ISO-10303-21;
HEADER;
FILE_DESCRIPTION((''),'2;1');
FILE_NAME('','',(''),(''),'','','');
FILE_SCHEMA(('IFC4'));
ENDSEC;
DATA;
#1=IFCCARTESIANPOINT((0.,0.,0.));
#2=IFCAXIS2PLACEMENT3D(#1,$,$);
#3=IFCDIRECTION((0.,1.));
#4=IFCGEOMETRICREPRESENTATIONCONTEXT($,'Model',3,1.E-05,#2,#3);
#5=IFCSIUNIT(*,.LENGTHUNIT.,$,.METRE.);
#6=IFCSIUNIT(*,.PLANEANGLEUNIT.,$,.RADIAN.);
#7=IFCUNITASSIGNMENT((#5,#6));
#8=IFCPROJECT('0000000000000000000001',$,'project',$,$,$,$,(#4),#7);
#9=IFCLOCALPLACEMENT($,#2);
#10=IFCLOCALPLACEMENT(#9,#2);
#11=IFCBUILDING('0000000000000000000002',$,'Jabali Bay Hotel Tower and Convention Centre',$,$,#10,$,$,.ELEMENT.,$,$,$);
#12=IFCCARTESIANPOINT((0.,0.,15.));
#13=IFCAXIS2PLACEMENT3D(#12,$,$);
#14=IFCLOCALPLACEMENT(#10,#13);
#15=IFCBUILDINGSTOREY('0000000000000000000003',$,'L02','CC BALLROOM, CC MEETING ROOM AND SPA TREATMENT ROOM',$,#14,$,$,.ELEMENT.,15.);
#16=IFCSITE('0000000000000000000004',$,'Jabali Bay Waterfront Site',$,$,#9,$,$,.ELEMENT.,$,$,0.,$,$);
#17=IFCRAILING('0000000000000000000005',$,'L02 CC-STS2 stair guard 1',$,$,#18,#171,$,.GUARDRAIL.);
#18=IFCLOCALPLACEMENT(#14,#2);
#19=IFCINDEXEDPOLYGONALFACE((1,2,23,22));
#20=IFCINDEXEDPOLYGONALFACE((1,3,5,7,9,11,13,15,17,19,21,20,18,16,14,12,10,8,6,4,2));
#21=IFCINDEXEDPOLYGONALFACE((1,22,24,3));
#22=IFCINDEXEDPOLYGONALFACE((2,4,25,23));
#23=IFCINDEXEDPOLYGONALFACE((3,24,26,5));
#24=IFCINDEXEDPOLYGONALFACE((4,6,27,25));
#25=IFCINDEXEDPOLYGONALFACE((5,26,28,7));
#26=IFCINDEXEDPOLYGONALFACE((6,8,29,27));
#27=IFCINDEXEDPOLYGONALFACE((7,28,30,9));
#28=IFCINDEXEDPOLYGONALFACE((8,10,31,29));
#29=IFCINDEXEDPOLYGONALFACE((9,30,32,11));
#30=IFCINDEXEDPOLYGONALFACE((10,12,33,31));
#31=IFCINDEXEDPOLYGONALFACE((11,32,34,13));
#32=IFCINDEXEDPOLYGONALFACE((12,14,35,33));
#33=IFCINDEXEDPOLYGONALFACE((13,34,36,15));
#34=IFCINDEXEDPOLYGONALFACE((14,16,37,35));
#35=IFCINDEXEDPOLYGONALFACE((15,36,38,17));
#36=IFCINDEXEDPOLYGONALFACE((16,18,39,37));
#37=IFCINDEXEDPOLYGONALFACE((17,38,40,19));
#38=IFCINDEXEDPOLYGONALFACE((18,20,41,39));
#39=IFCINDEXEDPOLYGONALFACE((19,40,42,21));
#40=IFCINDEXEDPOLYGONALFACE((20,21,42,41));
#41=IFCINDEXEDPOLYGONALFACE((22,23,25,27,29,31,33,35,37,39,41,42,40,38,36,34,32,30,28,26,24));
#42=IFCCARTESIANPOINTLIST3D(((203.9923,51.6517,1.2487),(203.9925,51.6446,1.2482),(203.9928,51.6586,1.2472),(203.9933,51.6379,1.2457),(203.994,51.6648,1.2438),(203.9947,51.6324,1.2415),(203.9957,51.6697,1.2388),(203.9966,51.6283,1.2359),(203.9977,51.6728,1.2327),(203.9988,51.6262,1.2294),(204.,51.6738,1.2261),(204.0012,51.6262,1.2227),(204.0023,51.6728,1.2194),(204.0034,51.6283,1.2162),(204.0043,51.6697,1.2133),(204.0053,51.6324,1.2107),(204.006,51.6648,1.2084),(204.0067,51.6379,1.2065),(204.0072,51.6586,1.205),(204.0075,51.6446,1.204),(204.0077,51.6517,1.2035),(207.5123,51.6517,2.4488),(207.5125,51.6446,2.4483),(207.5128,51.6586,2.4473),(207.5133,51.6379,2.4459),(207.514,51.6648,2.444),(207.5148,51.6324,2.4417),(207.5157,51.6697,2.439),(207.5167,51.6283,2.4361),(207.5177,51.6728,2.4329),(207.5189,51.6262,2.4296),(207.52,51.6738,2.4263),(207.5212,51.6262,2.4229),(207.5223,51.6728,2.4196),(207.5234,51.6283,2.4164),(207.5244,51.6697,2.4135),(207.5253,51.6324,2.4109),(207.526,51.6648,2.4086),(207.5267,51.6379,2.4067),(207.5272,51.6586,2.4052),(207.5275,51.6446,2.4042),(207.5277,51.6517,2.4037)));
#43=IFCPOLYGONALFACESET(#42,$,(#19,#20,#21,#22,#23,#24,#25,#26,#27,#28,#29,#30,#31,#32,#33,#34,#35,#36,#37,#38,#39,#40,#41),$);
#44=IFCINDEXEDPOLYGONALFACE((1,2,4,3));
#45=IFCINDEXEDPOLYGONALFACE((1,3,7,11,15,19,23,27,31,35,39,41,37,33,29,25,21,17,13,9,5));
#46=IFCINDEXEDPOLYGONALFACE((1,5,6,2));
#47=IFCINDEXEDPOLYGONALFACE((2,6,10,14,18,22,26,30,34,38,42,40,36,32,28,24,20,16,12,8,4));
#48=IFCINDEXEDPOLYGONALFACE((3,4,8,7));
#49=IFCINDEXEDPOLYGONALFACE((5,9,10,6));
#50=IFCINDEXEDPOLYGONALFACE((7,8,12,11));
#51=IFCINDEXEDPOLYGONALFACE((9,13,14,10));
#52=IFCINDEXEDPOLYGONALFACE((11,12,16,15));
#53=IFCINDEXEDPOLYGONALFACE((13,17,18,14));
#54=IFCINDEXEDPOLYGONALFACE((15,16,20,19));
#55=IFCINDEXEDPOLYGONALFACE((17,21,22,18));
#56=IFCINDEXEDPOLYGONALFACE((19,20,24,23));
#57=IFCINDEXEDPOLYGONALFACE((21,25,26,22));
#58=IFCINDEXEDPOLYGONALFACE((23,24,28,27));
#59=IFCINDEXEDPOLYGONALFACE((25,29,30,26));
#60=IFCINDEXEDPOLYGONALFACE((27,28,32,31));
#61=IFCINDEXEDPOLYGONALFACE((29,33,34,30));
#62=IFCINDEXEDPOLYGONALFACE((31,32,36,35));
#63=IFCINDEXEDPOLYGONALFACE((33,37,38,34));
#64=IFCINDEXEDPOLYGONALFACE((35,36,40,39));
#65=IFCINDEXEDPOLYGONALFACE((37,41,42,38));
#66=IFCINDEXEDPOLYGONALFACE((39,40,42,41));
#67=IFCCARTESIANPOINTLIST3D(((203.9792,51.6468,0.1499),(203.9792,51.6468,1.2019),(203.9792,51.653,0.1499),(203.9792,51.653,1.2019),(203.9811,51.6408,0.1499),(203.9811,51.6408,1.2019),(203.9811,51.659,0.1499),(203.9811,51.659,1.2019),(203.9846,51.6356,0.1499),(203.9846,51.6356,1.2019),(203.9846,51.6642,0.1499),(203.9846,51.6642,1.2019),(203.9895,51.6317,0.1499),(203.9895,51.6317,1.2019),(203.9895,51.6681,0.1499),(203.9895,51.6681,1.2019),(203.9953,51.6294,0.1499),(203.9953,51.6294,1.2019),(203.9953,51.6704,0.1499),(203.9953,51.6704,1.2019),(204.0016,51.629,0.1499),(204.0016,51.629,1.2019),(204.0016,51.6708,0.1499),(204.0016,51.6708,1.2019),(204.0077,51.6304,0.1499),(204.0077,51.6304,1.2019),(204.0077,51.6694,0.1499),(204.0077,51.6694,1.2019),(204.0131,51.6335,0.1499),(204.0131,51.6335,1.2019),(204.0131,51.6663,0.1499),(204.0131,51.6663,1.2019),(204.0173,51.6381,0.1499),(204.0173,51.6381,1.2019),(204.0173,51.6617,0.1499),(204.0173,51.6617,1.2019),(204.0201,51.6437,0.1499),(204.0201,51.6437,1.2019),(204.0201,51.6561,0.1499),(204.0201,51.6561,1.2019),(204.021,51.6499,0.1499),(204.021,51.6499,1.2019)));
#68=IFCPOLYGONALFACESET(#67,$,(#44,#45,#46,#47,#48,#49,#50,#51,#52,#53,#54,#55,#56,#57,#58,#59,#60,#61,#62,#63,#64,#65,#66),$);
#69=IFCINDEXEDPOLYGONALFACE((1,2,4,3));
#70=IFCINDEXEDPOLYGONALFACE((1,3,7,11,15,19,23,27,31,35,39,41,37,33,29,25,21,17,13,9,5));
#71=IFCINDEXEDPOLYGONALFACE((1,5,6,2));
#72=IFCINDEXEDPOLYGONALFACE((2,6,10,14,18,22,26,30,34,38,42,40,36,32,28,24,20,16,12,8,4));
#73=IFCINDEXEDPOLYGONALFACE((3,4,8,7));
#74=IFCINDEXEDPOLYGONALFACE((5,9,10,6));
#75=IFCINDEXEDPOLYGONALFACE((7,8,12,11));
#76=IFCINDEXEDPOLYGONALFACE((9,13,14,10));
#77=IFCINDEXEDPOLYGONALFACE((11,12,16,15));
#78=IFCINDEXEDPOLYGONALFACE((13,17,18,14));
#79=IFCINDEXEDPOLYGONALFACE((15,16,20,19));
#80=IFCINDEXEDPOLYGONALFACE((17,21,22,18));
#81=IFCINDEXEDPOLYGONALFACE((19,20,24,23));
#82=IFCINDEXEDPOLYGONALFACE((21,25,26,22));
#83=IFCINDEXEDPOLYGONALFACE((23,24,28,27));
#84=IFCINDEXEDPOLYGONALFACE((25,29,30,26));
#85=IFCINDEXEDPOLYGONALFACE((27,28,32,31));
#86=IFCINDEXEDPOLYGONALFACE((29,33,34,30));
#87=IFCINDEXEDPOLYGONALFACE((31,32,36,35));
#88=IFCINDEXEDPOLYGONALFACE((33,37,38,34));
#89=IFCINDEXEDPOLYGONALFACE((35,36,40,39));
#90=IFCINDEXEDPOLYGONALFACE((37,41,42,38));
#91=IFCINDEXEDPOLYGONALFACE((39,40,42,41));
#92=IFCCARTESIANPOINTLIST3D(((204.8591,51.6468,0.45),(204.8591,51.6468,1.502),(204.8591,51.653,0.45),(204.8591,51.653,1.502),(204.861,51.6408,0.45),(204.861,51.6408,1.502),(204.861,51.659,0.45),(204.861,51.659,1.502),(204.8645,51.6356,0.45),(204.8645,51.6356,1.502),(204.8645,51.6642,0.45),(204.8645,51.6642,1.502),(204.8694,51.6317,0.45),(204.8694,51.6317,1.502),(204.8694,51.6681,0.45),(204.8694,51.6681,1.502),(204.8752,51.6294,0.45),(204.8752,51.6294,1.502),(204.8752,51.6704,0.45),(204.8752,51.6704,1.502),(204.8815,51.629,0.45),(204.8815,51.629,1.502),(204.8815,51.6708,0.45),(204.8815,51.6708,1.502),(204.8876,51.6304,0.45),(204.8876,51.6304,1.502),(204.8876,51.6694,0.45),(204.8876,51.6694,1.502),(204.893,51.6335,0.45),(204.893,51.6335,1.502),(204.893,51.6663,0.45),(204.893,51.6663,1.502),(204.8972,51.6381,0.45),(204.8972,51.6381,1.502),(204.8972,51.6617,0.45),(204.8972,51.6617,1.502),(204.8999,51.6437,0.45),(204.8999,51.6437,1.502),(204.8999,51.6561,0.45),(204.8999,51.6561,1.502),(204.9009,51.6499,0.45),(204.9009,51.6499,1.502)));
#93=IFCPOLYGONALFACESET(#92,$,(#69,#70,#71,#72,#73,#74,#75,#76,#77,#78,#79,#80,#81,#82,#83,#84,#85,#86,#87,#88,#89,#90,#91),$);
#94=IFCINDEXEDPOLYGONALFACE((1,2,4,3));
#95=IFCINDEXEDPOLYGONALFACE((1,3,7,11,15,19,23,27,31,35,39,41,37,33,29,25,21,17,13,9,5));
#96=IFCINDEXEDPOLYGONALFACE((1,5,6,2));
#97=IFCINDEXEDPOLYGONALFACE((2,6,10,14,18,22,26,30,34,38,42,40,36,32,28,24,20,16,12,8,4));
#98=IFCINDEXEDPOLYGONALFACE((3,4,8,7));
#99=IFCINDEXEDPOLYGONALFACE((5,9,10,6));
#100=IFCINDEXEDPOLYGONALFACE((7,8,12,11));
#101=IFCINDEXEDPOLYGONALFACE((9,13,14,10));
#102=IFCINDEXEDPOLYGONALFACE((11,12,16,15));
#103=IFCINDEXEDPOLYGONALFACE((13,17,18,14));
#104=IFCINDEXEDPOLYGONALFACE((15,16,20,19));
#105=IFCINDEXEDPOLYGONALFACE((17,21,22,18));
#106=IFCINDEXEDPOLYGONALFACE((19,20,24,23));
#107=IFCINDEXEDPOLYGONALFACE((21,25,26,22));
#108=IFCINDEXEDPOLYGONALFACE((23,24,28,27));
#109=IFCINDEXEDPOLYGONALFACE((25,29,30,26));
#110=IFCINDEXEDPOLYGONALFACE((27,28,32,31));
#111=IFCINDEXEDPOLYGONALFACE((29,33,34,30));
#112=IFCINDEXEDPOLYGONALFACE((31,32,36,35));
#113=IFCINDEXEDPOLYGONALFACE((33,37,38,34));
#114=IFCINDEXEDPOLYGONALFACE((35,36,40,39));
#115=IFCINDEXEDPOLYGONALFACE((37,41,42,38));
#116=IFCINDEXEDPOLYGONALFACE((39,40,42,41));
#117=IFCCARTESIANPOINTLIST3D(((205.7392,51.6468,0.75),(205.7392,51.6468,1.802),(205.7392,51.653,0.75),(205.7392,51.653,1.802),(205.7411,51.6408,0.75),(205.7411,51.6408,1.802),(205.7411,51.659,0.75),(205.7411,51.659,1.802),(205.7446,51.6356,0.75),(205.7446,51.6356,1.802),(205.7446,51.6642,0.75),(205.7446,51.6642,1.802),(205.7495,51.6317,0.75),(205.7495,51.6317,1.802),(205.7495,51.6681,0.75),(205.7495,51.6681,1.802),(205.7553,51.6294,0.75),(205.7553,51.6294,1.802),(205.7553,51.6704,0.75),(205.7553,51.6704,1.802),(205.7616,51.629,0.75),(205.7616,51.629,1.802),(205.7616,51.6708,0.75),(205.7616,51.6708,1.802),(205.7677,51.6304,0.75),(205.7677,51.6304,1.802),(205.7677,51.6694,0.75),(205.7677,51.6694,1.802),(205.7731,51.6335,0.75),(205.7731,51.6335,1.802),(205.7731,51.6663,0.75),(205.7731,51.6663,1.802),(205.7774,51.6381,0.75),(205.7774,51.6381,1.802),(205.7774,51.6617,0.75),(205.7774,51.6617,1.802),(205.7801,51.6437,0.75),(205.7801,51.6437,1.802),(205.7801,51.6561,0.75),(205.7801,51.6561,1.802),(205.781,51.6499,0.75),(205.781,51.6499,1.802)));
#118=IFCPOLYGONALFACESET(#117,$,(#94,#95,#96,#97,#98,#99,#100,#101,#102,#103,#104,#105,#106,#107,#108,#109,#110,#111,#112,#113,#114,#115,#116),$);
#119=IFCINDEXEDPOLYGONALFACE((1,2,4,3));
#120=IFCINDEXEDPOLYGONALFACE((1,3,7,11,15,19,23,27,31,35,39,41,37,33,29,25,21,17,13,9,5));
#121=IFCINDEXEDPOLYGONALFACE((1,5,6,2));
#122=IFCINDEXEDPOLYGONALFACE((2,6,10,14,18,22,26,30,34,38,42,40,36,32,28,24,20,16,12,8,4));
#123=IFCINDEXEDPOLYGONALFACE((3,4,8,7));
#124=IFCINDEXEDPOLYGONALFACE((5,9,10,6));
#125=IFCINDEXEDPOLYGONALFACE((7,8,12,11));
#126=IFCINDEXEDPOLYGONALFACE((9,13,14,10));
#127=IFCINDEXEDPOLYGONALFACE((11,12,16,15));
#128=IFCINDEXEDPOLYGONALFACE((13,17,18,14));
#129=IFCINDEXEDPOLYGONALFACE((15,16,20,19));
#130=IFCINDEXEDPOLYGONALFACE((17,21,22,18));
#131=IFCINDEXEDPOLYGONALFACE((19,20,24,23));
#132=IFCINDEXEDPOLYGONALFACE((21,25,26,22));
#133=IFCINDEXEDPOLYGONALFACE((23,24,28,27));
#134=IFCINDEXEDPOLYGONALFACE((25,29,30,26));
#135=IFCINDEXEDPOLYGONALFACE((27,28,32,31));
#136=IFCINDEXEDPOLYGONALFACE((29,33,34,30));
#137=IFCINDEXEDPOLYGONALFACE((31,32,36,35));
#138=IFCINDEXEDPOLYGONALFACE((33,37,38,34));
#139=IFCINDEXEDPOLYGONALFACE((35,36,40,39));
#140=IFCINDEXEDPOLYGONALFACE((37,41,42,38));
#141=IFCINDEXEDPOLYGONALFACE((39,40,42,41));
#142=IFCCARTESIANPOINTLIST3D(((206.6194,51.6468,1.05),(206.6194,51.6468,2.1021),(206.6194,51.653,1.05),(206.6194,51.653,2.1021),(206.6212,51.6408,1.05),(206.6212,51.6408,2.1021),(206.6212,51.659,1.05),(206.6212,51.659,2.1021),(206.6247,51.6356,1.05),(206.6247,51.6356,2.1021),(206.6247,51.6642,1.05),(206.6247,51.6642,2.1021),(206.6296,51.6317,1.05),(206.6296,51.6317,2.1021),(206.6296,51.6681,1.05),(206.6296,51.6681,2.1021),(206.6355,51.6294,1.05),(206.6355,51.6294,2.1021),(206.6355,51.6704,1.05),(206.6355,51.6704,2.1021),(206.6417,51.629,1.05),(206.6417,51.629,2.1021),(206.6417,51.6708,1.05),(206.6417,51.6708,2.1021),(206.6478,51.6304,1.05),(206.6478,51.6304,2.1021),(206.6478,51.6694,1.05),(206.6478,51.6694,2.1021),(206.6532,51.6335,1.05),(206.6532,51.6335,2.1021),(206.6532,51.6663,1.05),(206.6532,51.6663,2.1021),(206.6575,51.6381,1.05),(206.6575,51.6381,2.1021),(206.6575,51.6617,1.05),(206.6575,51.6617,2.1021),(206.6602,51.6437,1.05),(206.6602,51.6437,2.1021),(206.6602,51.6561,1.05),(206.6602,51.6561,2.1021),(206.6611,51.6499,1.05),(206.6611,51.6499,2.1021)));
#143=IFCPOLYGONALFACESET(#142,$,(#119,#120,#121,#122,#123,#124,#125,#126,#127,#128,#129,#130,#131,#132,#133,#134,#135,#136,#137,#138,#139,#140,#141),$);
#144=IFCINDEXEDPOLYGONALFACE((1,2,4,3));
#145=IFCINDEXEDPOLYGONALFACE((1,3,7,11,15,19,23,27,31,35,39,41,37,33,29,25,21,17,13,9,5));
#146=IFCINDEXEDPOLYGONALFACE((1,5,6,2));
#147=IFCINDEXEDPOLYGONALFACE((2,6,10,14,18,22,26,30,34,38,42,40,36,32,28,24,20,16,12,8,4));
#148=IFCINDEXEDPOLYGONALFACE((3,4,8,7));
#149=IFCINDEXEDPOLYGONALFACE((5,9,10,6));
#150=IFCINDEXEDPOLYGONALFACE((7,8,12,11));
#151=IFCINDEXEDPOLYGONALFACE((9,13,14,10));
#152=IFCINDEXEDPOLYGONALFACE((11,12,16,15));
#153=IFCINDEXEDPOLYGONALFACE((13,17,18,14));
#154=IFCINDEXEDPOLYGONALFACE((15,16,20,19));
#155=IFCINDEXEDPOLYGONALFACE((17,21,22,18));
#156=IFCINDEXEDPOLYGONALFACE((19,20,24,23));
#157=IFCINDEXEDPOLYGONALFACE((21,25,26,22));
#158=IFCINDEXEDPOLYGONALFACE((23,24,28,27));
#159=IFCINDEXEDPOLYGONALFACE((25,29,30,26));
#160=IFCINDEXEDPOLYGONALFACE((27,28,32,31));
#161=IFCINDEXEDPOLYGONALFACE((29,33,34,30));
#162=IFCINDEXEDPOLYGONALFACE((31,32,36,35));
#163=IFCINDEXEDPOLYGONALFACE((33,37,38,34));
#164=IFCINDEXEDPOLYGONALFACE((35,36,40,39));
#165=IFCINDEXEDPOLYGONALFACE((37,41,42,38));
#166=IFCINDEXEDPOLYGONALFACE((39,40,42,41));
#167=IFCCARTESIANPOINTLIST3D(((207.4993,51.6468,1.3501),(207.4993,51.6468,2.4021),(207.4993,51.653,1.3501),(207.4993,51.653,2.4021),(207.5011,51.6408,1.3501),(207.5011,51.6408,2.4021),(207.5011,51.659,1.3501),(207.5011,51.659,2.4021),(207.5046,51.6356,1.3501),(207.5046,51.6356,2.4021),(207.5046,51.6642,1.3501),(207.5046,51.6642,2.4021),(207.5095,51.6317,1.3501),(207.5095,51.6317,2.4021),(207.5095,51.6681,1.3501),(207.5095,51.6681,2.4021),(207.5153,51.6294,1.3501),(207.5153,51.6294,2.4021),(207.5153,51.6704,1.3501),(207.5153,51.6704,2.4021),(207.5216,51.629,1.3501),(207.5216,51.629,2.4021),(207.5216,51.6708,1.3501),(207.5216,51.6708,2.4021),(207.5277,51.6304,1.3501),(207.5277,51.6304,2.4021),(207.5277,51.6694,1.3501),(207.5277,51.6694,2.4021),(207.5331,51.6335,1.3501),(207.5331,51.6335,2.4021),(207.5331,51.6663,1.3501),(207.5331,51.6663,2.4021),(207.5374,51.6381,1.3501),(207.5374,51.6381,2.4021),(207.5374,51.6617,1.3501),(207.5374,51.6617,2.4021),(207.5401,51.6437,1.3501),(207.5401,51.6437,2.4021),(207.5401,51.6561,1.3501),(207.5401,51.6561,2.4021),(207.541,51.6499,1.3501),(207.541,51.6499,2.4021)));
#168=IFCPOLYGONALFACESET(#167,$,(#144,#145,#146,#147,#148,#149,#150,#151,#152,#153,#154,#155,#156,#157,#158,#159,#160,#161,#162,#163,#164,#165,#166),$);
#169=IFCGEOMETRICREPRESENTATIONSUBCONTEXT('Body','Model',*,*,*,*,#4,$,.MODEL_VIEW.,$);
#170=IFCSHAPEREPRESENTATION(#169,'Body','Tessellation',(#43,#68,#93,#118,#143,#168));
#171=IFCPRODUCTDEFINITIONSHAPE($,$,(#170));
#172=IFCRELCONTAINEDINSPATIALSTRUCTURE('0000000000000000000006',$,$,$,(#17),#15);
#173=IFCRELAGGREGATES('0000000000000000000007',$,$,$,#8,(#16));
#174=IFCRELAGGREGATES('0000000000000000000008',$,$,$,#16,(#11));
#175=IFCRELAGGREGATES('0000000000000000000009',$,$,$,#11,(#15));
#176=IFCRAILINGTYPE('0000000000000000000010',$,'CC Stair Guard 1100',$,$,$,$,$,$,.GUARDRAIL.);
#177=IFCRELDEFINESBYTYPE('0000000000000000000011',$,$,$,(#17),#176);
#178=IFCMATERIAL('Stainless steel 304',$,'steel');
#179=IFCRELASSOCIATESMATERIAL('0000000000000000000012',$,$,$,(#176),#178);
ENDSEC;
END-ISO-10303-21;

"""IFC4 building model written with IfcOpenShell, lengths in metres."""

from ifc_helpers import new_model, si_unit, direction, frame, origin, origin_2d, place, context, subcontext, project, spatial, circle, extrude, material, type_object, element, save


model = new_model("IFC4")

# Units and contexts
model_context = context("Model", 3, precision=1e-05, world=origin(), true_north=direction((0.0, 1.0)))
body_context = subcontext(model_context, "Body", "Model", "MODEL_VIEW")
ifc_project = project(units=[si_unit("LENGTHUNIT", "METRE"), si_unit("PLANEANGLEUNIT", "RADIAN")], contexts=[model_context])

# Site, building, storey
site_placement = place(None, origin())
site = spatial("IfcSite", under=ifc_project, at=site_placement, Name="Jabali Bay Waterfront Site", CompositionType="ELEMENT", RefElevation=0.0)
building_placement = place(site_placement, origin())
building = spatial("IfcBuilding", under=site, at=building_placement, Name="Jabali Bay Hotel Tower and Convention Centre", CompositionType="ELEMENT")
storey_placement = place(building_placement, frame((0.0, 0.0, 15.0)))
storey = spatial("IfcBuildingStorey", under=building, at=storey_placement, Name="L02", Description="CC BALLROOM, CC MEETING ROOM AND SPA TREATMENT ROOM", CompositionType="ELEMENT", Elevation=15.0)

# Railing
ifc_material_1 = material(Name="Stainless steel 304", Category="steel")
railing_type_1 = type_object("IfcRailingType", Name="CC Stair Guard 1100", PredefinedType="GUARDRAIL", material=ifc_material_1)
railing_1_placement = place(storey_placement, frame((204.0, 51.6499, 0.1499)))
element("IfcRailing", 1, at=railing_1_placement, inside=storey, type_object=railing_type_1, Name="L02 CC-STS2 stair guard 1", PredefinedType="GUARDRAIL", context=body_context, shape_type="SweptSolid", body=[
    extrude(circle(Radius=0.0239, at=origin_2d()), frame((0.0, 0.0, 1.0762), z_axis=(0.946495, 0.0, 0.322719), x_axis=(0.0, 1.0, 0.0)), (0.0, 0.0, 1.0), 3.719),
    extrude(circle(Radius=0.021, at=origin_2d()), origin(), (0.0, 0.0, 1.0), 1.052),
    extrude(circle(Radius=0.021, at=origin_2d()), frame((0.8799, 0.0, 0.3)), (0.0, 0.0, 1.0), 1.052),
    extrude(circle(Radius=0.021, at=origin_2d()), frame((1.76, 0.0, 0.6001)), (0.0, 0.0, 1.0), 1.052),
    extrude(circle(Radius=0.021, at=origin_2d()), frame((2.6401, 0.0, 0.9001)), (0.0, 0.0, 1.0), 1.052),
    extrude(circle(Radius=0.021, at=origin_2d()), frame((3.52, 0.0, 1.2002)), (0.0, 0.0, 1.0), 1.052),
])

save(model, "model.ifc")
